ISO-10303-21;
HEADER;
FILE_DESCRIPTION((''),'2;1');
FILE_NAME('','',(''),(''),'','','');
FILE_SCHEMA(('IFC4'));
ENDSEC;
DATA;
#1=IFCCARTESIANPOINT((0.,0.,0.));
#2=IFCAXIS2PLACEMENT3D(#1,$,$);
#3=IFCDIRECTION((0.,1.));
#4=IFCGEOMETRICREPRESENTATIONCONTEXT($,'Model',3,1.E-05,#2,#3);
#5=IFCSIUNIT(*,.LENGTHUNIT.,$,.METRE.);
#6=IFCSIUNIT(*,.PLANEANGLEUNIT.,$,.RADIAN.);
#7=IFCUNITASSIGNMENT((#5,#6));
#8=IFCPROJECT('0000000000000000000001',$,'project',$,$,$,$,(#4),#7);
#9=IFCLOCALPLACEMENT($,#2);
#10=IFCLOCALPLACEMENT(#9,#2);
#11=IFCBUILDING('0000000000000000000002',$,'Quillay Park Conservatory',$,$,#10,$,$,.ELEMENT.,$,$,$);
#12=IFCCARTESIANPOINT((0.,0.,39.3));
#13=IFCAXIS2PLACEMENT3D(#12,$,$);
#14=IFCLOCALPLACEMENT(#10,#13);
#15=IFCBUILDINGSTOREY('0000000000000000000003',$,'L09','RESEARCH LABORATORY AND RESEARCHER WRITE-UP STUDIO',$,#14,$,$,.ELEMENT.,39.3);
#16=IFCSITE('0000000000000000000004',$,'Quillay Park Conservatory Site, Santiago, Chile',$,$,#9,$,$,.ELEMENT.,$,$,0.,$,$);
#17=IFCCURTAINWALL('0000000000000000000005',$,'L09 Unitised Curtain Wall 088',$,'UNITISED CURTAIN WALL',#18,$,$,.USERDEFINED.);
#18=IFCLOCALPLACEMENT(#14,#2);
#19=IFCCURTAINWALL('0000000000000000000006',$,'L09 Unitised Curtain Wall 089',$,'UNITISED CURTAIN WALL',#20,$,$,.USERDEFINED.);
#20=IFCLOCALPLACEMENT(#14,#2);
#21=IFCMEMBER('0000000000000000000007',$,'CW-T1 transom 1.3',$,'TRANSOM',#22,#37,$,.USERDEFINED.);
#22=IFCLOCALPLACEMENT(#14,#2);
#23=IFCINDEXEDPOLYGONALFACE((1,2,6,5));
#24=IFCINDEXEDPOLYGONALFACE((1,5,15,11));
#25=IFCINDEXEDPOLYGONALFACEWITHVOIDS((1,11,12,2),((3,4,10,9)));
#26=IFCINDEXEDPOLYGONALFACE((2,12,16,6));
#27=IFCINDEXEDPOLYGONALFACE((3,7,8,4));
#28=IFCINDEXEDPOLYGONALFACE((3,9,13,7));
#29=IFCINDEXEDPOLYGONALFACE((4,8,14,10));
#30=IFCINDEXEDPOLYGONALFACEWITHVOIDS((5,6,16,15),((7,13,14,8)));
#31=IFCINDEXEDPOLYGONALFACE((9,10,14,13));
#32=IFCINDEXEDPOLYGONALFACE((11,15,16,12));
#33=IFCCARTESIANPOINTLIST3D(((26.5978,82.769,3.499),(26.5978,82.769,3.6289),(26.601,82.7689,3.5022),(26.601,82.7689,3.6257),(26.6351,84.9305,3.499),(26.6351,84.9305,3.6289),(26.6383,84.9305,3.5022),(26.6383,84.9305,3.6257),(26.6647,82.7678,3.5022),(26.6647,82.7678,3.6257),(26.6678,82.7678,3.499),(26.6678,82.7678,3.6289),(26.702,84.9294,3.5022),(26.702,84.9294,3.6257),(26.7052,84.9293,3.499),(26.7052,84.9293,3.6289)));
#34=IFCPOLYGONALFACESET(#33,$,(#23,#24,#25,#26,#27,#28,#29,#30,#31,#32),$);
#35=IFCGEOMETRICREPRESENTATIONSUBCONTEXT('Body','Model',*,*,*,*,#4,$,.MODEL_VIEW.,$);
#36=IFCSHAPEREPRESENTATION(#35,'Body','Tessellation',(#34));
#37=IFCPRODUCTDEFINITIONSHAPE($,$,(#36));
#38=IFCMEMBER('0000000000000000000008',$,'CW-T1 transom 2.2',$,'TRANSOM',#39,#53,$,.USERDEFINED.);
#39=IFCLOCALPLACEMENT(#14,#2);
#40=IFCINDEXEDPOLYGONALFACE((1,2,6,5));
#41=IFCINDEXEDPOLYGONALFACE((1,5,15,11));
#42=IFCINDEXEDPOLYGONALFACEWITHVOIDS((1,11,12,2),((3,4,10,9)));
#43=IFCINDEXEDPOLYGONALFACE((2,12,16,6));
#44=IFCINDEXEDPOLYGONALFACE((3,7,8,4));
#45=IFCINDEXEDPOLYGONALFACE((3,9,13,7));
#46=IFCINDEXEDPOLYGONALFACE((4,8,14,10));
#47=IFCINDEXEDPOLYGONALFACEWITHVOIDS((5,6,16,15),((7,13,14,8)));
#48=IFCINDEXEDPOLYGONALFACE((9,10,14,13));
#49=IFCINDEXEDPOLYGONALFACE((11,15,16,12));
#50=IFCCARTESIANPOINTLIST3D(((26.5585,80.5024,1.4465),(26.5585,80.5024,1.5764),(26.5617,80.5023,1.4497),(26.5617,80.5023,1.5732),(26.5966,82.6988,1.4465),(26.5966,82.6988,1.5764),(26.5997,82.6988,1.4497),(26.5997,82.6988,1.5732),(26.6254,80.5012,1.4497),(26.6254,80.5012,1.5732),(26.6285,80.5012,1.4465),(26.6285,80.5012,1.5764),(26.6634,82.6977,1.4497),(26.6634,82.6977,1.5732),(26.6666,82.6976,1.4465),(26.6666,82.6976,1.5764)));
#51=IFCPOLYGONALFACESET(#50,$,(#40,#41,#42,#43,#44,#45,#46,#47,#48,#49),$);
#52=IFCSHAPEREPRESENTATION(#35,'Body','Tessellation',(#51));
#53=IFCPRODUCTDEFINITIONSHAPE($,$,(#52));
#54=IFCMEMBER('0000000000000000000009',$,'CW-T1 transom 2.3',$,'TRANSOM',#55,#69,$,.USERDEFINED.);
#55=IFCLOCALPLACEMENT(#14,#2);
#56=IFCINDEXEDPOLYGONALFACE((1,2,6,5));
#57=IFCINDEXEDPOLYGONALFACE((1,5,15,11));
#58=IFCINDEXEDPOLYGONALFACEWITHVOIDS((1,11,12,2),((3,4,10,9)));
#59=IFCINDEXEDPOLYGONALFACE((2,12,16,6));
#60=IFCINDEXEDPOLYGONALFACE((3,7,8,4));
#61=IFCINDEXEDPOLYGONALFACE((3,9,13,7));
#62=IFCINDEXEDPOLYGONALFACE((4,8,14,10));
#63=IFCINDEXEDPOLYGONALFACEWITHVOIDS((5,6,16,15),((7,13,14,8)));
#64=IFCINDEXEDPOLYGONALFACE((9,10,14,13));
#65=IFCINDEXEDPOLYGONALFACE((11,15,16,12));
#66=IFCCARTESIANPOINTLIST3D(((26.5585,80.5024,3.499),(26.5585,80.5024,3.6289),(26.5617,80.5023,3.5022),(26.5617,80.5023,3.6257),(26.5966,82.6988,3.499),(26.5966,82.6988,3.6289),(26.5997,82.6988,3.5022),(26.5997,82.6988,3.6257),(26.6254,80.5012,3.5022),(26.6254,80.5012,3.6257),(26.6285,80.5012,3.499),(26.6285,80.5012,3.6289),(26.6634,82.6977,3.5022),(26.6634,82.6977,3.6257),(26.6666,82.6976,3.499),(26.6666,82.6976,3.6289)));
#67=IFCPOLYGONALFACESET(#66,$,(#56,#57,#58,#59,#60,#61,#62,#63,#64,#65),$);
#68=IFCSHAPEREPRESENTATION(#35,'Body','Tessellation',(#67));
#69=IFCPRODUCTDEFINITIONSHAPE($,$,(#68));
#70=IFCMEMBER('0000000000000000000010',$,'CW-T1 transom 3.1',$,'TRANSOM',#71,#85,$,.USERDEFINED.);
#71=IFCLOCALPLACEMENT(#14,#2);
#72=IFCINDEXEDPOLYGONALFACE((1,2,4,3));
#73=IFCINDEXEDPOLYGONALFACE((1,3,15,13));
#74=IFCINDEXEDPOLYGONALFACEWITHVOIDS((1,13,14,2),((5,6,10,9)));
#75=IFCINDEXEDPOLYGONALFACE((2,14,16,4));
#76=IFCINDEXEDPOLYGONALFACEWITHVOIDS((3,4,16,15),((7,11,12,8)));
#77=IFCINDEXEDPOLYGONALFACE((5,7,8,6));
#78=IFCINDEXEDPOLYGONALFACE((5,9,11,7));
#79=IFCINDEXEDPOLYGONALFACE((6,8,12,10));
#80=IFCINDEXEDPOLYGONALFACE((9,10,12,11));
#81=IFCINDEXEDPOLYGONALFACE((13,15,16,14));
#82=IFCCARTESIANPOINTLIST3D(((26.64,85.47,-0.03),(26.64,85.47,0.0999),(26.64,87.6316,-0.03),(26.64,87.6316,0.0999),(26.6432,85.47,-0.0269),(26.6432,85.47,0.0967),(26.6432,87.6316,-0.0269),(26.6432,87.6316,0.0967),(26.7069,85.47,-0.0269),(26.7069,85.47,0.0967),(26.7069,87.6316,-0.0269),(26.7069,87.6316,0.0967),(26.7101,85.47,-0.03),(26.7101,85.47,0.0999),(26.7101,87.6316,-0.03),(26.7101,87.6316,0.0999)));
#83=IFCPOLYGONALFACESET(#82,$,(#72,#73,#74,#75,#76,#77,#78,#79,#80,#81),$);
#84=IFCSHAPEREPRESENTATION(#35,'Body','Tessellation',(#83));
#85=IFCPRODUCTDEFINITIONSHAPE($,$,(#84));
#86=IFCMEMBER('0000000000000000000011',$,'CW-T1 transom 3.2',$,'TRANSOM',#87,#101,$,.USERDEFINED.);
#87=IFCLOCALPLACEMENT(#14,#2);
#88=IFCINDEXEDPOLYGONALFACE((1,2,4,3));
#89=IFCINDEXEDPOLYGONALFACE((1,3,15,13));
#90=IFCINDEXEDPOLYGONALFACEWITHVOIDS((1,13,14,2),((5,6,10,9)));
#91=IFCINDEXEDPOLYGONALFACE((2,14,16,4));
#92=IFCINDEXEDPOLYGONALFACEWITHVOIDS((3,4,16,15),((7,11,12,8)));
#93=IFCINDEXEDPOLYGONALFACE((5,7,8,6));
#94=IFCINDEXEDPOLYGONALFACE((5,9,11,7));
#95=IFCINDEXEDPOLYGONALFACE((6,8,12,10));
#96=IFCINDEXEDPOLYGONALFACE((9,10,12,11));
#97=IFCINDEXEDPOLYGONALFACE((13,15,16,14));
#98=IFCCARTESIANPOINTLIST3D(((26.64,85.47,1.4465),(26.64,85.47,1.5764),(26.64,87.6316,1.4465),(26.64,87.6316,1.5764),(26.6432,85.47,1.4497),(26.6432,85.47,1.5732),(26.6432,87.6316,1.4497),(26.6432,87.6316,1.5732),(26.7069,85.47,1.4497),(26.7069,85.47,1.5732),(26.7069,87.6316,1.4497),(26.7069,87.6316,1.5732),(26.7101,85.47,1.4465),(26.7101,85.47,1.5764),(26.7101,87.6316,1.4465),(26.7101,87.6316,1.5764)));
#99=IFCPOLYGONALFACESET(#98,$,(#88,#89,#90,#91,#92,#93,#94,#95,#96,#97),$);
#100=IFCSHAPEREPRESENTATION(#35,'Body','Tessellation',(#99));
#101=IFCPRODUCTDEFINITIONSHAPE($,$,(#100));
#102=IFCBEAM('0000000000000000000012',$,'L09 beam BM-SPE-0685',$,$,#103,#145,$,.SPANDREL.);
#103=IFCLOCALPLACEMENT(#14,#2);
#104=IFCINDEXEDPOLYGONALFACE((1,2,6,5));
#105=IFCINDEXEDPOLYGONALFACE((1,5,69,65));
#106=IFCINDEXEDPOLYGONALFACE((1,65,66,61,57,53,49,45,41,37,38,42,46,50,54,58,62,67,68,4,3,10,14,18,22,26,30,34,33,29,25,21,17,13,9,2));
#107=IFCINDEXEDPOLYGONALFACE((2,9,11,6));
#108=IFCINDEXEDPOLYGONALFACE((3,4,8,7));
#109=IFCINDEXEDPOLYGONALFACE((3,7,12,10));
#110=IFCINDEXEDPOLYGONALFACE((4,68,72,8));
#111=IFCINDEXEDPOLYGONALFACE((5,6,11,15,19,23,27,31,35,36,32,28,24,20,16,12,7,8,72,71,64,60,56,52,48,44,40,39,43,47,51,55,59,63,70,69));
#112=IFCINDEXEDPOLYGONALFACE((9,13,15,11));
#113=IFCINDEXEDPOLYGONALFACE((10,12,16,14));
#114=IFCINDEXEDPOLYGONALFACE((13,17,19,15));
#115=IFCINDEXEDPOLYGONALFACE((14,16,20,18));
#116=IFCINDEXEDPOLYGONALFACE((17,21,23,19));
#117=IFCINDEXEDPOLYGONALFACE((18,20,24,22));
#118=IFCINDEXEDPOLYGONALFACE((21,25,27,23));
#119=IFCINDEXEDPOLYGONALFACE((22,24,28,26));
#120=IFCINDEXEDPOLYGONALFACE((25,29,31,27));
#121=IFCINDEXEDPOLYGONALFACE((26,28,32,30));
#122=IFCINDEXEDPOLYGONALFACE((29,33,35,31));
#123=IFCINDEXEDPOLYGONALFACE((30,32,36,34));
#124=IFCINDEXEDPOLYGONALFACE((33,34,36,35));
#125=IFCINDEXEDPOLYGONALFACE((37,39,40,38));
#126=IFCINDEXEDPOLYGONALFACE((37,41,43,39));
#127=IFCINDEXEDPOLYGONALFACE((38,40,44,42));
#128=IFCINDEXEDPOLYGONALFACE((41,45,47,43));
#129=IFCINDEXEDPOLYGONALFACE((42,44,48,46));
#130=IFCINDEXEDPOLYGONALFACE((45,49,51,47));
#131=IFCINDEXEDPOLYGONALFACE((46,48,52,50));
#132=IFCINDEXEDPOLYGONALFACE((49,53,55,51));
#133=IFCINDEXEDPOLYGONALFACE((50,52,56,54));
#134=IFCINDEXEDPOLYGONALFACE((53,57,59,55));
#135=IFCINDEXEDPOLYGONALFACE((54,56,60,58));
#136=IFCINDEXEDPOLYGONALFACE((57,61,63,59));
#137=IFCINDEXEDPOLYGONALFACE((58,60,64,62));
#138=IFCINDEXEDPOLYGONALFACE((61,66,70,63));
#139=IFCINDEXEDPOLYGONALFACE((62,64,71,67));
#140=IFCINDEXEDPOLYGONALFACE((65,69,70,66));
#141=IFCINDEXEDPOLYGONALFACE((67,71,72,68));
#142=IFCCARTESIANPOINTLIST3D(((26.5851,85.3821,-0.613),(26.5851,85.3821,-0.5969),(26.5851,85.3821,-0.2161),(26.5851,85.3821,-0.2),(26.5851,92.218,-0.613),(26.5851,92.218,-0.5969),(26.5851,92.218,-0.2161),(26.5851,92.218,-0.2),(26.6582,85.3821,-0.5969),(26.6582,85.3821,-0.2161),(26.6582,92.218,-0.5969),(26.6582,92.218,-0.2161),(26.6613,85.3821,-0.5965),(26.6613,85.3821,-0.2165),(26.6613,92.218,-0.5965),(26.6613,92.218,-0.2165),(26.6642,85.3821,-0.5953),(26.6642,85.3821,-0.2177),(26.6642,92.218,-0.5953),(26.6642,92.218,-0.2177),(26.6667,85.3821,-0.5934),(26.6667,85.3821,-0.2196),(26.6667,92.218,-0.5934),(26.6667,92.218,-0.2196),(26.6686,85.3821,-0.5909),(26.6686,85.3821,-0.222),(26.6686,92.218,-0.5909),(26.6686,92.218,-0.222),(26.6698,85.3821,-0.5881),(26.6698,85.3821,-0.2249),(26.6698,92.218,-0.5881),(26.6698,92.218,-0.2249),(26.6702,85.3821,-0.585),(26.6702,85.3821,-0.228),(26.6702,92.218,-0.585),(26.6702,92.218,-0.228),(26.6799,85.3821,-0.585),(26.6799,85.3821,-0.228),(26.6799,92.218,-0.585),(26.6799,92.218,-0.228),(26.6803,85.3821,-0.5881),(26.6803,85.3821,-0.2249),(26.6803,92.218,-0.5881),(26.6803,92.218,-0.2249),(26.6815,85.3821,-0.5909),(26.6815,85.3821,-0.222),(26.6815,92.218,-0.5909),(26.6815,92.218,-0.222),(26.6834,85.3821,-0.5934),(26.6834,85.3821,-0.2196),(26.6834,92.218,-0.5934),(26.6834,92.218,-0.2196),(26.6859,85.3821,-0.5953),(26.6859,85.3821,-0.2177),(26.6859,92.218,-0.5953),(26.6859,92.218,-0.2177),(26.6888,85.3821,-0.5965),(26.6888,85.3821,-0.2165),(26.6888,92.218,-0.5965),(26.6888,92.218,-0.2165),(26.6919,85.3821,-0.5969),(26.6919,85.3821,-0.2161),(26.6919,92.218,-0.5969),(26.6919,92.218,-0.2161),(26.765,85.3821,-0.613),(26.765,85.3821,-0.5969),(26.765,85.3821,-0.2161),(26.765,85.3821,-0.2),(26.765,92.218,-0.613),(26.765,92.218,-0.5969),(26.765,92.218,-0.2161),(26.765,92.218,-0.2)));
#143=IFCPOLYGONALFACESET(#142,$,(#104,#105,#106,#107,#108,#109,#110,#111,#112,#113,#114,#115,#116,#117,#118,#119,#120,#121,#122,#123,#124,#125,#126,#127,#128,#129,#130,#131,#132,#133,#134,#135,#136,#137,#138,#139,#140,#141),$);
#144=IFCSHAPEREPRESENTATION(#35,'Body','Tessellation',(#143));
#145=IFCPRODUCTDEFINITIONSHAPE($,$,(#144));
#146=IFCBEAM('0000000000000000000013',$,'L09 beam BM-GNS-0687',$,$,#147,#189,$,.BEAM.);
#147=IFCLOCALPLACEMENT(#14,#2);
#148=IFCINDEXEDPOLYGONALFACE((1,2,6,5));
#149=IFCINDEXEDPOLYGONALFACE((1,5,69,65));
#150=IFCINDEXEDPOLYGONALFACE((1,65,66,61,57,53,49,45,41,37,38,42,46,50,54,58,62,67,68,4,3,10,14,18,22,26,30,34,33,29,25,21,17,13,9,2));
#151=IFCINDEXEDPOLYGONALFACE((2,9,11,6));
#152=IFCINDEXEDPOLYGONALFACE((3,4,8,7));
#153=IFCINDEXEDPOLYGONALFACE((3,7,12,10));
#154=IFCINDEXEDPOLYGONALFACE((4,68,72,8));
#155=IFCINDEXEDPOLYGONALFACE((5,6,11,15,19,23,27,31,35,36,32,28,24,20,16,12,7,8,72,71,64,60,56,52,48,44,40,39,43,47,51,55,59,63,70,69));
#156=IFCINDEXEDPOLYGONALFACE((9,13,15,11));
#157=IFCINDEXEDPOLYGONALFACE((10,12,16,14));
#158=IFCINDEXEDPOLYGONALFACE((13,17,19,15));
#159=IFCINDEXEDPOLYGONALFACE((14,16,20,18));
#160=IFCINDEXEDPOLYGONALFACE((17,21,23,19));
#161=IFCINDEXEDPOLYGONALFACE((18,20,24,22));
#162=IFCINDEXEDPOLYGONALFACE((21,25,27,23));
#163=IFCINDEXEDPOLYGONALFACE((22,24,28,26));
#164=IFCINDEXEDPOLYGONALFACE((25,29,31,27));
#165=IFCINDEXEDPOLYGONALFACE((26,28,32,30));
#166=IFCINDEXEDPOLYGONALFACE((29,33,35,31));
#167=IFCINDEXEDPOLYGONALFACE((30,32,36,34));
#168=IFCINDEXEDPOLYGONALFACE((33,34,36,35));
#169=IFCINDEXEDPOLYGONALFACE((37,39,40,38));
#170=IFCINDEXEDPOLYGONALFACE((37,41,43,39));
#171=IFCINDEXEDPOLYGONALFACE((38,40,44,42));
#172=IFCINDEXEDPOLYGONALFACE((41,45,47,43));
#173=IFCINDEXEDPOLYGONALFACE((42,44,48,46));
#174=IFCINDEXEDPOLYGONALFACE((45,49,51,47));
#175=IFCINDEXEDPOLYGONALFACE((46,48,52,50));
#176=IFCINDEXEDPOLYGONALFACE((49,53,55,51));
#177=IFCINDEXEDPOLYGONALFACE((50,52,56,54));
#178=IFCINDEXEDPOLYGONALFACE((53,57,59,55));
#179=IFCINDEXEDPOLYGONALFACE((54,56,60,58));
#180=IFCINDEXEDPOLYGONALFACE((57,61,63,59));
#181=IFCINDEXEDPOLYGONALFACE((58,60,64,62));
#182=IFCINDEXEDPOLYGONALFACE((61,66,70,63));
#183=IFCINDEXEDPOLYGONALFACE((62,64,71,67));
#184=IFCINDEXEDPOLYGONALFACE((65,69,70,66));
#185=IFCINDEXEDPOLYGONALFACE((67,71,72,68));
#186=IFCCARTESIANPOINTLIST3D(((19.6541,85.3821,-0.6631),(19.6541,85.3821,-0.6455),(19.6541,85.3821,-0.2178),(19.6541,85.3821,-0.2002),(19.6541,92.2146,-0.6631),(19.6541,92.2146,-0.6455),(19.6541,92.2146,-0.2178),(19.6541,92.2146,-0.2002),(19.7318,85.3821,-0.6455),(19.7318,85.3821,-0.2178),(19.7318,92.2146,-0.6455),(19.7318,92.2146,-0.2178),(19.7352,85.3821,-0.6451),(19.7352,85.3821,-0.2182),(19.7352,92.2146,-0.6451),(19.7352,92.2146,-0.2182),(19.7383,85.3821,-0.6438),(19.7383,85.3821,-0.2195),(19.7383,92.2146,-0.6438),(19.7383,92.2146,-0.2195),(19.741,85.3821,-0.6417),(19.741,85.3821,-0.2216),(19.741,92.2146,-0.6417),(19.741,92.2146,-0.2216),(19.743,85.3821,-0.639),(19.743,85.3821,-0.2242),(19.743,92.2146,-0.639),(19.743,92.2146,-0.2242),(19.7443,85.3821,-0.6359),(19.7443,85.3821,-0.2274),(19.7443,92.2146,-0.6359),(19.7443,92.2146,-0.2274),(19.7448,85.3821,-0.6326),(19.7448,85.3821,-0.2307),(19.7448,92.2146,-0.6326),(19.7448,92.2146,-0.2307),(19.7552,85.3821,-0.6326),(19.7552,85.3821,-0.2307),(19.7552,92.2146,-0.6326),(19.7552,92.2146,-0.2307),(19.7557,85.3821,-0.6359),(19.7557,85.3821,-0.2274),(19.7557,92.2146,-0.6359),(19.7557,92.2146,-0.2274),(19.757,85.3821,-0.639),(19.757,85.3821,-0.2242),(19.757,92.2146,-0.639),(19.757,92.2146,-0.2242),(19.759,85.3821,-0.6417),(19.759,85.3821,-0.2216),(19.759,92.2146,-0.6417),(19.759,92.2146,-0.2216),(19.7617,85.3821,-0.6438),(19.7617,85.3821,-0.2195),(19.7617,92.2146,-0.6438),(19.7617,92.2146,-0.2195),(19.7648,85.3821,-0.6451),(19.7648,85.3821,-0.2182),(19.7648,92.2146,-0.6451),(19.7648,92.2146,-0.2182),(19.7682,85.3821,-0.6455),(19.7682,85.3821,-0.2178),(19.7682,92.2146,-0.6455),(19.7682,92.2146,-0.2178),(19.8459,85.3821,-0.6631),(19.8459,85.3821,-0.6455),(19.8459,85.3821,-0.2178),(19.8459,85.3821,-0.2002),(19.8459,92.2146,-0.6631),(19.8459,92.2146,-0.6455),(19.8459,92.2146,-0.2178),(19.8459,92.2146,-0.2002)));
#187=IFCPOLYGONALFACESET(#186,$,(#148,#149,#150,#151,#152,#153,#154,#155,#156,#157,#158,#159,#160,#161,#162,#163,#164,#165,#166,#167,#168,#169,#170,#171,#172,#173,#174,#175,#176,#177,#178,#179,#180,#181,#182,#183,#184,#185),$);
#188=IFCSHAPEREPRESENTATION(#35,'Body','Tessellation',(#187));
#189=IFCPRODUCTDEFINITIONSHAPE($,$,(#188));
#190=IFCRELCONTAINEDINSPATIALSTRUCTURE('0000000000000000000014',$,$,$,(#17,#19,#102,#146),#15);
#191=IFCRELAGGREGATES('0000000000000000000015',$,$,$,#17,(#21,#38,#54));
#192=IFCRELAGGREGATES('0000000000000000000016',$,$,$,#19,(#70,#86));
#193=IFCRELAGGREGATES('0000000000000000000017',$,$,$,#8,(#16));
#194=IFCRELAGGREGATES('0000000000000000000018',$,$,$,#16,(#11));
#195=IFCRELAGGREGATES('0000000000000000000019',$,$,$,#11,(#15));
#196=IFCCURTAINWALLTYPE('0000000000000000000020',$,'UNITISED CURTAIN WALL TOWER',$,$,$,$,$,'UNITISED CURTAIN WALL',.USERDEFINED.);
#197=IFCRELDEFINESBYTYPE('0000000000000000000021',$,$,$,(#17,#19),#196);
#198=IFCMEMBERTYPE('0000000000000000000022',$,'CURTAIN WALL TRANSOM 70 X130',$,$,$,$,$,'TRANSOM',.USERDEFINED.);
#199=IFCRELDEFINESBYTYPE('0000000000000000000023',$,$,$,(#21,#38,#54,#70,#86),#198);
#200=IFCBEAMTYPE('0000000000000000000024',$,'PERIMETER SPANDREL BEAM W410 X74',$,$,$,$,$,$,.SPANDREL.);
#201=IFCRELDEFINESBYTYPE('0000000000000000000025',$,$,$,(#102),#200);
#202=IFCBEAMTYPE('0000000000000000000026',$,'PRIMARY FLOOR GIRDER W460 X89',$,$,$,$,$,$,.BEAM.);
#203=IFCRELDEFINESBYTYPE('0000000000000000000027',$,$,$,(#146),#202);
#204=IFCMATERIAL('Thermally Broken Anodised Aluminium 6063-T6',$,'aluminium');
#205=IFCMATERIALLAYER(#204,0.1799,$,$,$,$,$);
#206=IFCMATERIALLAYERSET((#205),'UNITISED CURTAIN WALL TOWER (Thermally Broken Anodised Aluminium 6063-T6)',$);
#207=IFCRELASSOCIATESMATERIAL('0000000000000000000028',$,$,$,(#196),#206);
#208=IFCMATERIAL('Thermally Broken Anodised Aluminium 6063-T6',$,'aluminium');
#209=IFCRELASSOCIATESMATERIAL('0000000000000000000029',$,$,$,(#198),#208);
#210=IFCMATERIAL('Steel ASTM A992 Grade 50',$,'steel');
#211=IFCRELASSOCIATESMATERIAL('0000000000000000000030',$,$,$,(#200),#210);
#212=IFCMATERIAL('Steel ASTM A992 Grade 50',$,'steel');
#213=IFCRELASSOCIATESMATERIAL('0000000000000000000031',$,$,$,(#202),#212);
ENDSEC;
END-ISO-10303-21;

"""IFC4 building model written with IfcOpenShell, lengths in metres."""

from ifc_helpers import new_model, si_unit, direction, frame, origin, origin_2d, place, context, subcontext, project, spatial, hollow_rectangle, i_section, extrude, material, layer, layer_set, material_profile, profile_set, type_object, element, aggregate, save


model = new_model("IFC4")

# Units and contexts
model_context = context("Model", 3, precision=1e-05, world=origin(), true_north=direction((0.0, 1.0)))
body_context = subcontext(model_context, "Body", "Model", "MODEL_VIEW")
ifc_project = project(units=[si_unit("LENGTHUNIT", "METRE"), si_unit("PLANEANGLEUNIT", "RADIAN")], contexts=[model_context])

# Site, building, storey
site_placement = place(None, origin())
site = spatial("IfcSite", under=ifc_project, at=site_placement, Name="Quillay Park Conservatory Site, Santiago, Chile", CompositionType="ELEMENT", RefElevation=0.0)
building_placement = place(site_placement, origin())
building = spatial("IfcBuilding", under=site, at=building_placement, Name="Quillay Park Conservatory", CompositionType="ELEMENT")
storey_placement = place(building_placement, frame((0.0, 0.0, 39.3)))
storey = spatial("IfcBuildingStorey", under=building, at=storey_placement, Name="L09", Description="RESEARCH LABORATORY AND RESEARCHER WRITE-UP STUDIO", CompositionType="ELEMENT", Elevation=39.3)

# Curtain wall
ifc_material_1 = material(Name="Thermally Broken Anodised Aluminium 6063-T6", Category="aluminium")
ifc_layer_1 = layer(ifc_material_1, 0.1799)
ifc_layer_set_1 = layer_set([ifc_layer_1], Name="UNITISED CURTAIN WALL TOWER (Thermally Broken Anodised Aluminium 6063-T6)")
curtain_wall_type = type_object("IfcCurtainWallType", Name="UNITISED CURTAIN WALL TOWER", ElementType="UNITISED CURTAIN WALL", PredefinedType="USERDEFINED", material=ifc_layer_set_1)
curtain_wall_1_placement = place(storey_placement, origin())
curtain_wall_1 = element("IfcCurtainWall", 1, at=curtain_wall_1_placement, inside=storey, type_object=curtain_wall_type, Name="L09 Unitised Curtain Wall 088", ObjectType="UNITISED CURTAIN WALL", PredefinedType="USERDEFINED")

# Curtain wall
curtain_wall_2_placement = place(storey_placement, origin())
curtain_wall_2 = element("IfcCurtainWall", 2, at=curtain_wall_2_placement, inside=storey, type_object=curtain_wall_type, Name="L09 Unitised Curtain Wall 089", ObjectType="UNITISED CURTAIN WALL", PredefinedType="USERDEFINED")

# Members
ifc_material_2 = material(Name="Thermally Broken Anodised Aluminium 6063-T6", Category="aluminium")
ifc_material_profile_1 = material_profile(ifc_material_2, hollow_rectangle(XDim=0.0701, YDim=0.1299, WallThickness=0.0032, at=origin_2d()), Name="AL70x130x3.2")
ifc_profile_set_1 = profile_set([ifc_material_profile_1], Name="Thermally Broken Anodised Aluminium 6063-T6")
member_type_1 = type_object("IfcMemberType", Name="CURTAIN WALL TRANSOM 70 X130", ElementType="TRANSOM", PredefinedType="USERDEFINED", material=ifc_profile_set_1)
member_1_placement = place(storey_placement, frame((26.6702, 84.9299, 3.564), z_axis=(-0.017278, -0.999851, 0.0), x_axis=(0.999851, -0.017278, 0.0)))
member_1 = element("IfcMember", 3, at=member_1_placement, type_object=member_type_1, Name="CW-T1 transom 1.3", ObjectType="TRANSOM", PredefinedType="USERDEFINED", context=body_context, shape_type="SweptSolid", body=[
    extrude(hollow_rectangle(XDim=0.0701, YDim=0.1299, WallThickness=0.0032, at=origin_2d()), origin(), (0.0, 0.0, 1.0), 2.1619),
])
member_2_placement = place(storey_placement, frame((26.6316, 82.6982, 1.5115), z_axis=(-0.017337, -0.99985, 0.0), x_axis=(0.99985, -0.017337, 0.0)))
member_2 = element("IfcMember", 4, at=member_2_placement, type_object=member_type_1, Name="CW-T1 transom 2.2", ObjectType="TRANSOM", PredefinedType="USERDEFINED", context=body_context, shape_type="SweptSolid", body=[
    extrude(hollow_rectangle(XDim=0.0701, YDim=0.1299, WallThickness=0.0032, at=origin_2d()), origin(), (0.0, 0.0, 1.0), 2.1968),
])
member_3_placement = place(storey_placement, frame((26.6316, 82.6982, 3.564), z_axis=(-0.017337, -0.99985, 0.0), x_axis=(0.99985, -0.017337, 0.0)))
member_3 = element("IfcMember", 5, at=member_3_placement, type_object=member_type_1, Name="CW-T1 transom 2.3", ObjectType="TRANSOM", PredefinedType="USERDEFINED", context=body_context, shape_type="SweptSolid", body=[
    extrude(hollow_rectangle(XDim=0.0701, YDim=0.1299, WallThickness=0.0032, at=origin_2d()), origin(), (0.0, 0.0, 1.0), 2.1968),
])
member_4_placement = place(storey_placement, frame((26.675, 87.6316, 0.0349), z_axis=(0.0, -1.0, 0.0), x_axis=(1.0, 0.0, 0.0)))
member_4 = element("IfcMember", 6, at=member_4_placement, type_object=member_type_1, Name="CW-T1 transom 3.1", ObjectType="TRANSOM", PredefinedType="USERDEFINED", context=body_context, shape_type="SweptSolid", body=[
    extrude(hollow_rectangle(XDim=0.0701, YDim=0.1299, WallThickness=0.0032, at=origin_2d()), origin(), (0.0, 0.0, 1.0), 2.1616),
])
member_5_placement = place(storey_placement, frame((26.675, 87.6316, 1.5115), z_axis=(0.0, -1.0, 0.0), x_axis=(1.0, 0.0, 0.0)))
member_5 = element("IfcMember", 7, at=member_5_placement, type_object=member_type_1, Name="CW-T1 transom 3.2", ObjectType="TRANSOM", PredefinedType="USERDEFINED", context=body_context, shape_type="SweptSolid", body=[
    extrude(hollow_rectangle(XDim=0.0701, YDim=0.1299, WallThickness=0.0032, at=origin_2d()), origin(), (0.0, 0.0, 1.0), 2.1616),
])

# Beams
ifc_material_3 = material(Name="Steel ASTM A992 Grade 50", Category="steel")
ifc_material_profile_2 = material_profile(ifc_material_3, i_section(OverallWidth=0.1799, OverallDepth=0.4131, WebThickness=0.0098, FlangeThickness=0.0161, FilletRadius=0.012, at=origin_2d()), Name="W410x74")
ifc_profile_set_2 = profile_set([ifc_material_profile_2], Name="Steel ASTM A992 Grade 50")
beam_type_1 = type_object("IfcBeamType", Name="PERIMETER SPANDREL BEAM W410 X74", PredefinedType="SPANDREL", material=ifc_profile_set_2)
beam_1_placement = place(storey_placement, frame((26.675, 85.3821, -0.4065), z_axis=(0.0, 1.0, 0.0), x_axis=(-1.0, 0.0, 0.0)))
element("IfcBeam", 8, at=beam_1_placement, inside=storey, type_object=beam_type_1, Name="L09 beam BM-SPE-0685", PredefinedType="SPANDREL", context=body_context, shape_type="SweptSolid", body=[
    extrude(i_section(OverallWidth=0.1799, OverallDepth=0.4131, WebThickness=0.0098, FlangeThickness=0.0161, FilletRadius=0.012, at=origin_2d()), origin(), (0.0, 0.0, 1.0), 6.8359),
])
ifc_material_4 = material(Name="Steel ASTM A992 Grade 50", Category="steel")
ifc_material_profile_3 = material_profile(ifc_material_4, i_section(OverallWidth=0.1919, OverallDepth=0.4629, WebThickness=0.0105, FlangeThickness=0.0176, FilletRadius=0.0129, at=origin_2d()), Name="W460x89")
ifc_profile_set_3 = profile_set([ifc_material_profile_3], Name="Steel ASTM A992 Grade 50")
beam_type_2 = type_object("IfcBeamType", Name="PRIMARY FLOOR GIRDER W460 X89", PredefinedType="BEAM", material=ifc_profile_set_3)
beam_2_placement = place(storey_placement, frame((19.75, 85.3821, -0.4316), z_axis=(0.0, 1.0, 0.0), x_axis=(-1.0, 0.0, 0.0)))
element("IfcBeam", 9, at=beam_2_placement, inside=storey, type_object=beam_type_2, Name="L09 beam BM-GNS-0687", PredefinedType="BEAM", context=body_context, shape_type="SweptSolid", body=[
    extrude(i_section(OverallWidth=0.1919, OverallDepth=0.4629, WebThickness=0.0105, FlangeThickness=0.0176, FilletRadius=0.0129, at=origin_2d()), origin(), (0.0, 0.0, 1.0), 6.8325),
])

aggregate(curtain_wall_1, [member_1, member_2, member_3])
aggregate(curtain_wall_2, [member_4, member_5])

save(model, "model.ifc")
